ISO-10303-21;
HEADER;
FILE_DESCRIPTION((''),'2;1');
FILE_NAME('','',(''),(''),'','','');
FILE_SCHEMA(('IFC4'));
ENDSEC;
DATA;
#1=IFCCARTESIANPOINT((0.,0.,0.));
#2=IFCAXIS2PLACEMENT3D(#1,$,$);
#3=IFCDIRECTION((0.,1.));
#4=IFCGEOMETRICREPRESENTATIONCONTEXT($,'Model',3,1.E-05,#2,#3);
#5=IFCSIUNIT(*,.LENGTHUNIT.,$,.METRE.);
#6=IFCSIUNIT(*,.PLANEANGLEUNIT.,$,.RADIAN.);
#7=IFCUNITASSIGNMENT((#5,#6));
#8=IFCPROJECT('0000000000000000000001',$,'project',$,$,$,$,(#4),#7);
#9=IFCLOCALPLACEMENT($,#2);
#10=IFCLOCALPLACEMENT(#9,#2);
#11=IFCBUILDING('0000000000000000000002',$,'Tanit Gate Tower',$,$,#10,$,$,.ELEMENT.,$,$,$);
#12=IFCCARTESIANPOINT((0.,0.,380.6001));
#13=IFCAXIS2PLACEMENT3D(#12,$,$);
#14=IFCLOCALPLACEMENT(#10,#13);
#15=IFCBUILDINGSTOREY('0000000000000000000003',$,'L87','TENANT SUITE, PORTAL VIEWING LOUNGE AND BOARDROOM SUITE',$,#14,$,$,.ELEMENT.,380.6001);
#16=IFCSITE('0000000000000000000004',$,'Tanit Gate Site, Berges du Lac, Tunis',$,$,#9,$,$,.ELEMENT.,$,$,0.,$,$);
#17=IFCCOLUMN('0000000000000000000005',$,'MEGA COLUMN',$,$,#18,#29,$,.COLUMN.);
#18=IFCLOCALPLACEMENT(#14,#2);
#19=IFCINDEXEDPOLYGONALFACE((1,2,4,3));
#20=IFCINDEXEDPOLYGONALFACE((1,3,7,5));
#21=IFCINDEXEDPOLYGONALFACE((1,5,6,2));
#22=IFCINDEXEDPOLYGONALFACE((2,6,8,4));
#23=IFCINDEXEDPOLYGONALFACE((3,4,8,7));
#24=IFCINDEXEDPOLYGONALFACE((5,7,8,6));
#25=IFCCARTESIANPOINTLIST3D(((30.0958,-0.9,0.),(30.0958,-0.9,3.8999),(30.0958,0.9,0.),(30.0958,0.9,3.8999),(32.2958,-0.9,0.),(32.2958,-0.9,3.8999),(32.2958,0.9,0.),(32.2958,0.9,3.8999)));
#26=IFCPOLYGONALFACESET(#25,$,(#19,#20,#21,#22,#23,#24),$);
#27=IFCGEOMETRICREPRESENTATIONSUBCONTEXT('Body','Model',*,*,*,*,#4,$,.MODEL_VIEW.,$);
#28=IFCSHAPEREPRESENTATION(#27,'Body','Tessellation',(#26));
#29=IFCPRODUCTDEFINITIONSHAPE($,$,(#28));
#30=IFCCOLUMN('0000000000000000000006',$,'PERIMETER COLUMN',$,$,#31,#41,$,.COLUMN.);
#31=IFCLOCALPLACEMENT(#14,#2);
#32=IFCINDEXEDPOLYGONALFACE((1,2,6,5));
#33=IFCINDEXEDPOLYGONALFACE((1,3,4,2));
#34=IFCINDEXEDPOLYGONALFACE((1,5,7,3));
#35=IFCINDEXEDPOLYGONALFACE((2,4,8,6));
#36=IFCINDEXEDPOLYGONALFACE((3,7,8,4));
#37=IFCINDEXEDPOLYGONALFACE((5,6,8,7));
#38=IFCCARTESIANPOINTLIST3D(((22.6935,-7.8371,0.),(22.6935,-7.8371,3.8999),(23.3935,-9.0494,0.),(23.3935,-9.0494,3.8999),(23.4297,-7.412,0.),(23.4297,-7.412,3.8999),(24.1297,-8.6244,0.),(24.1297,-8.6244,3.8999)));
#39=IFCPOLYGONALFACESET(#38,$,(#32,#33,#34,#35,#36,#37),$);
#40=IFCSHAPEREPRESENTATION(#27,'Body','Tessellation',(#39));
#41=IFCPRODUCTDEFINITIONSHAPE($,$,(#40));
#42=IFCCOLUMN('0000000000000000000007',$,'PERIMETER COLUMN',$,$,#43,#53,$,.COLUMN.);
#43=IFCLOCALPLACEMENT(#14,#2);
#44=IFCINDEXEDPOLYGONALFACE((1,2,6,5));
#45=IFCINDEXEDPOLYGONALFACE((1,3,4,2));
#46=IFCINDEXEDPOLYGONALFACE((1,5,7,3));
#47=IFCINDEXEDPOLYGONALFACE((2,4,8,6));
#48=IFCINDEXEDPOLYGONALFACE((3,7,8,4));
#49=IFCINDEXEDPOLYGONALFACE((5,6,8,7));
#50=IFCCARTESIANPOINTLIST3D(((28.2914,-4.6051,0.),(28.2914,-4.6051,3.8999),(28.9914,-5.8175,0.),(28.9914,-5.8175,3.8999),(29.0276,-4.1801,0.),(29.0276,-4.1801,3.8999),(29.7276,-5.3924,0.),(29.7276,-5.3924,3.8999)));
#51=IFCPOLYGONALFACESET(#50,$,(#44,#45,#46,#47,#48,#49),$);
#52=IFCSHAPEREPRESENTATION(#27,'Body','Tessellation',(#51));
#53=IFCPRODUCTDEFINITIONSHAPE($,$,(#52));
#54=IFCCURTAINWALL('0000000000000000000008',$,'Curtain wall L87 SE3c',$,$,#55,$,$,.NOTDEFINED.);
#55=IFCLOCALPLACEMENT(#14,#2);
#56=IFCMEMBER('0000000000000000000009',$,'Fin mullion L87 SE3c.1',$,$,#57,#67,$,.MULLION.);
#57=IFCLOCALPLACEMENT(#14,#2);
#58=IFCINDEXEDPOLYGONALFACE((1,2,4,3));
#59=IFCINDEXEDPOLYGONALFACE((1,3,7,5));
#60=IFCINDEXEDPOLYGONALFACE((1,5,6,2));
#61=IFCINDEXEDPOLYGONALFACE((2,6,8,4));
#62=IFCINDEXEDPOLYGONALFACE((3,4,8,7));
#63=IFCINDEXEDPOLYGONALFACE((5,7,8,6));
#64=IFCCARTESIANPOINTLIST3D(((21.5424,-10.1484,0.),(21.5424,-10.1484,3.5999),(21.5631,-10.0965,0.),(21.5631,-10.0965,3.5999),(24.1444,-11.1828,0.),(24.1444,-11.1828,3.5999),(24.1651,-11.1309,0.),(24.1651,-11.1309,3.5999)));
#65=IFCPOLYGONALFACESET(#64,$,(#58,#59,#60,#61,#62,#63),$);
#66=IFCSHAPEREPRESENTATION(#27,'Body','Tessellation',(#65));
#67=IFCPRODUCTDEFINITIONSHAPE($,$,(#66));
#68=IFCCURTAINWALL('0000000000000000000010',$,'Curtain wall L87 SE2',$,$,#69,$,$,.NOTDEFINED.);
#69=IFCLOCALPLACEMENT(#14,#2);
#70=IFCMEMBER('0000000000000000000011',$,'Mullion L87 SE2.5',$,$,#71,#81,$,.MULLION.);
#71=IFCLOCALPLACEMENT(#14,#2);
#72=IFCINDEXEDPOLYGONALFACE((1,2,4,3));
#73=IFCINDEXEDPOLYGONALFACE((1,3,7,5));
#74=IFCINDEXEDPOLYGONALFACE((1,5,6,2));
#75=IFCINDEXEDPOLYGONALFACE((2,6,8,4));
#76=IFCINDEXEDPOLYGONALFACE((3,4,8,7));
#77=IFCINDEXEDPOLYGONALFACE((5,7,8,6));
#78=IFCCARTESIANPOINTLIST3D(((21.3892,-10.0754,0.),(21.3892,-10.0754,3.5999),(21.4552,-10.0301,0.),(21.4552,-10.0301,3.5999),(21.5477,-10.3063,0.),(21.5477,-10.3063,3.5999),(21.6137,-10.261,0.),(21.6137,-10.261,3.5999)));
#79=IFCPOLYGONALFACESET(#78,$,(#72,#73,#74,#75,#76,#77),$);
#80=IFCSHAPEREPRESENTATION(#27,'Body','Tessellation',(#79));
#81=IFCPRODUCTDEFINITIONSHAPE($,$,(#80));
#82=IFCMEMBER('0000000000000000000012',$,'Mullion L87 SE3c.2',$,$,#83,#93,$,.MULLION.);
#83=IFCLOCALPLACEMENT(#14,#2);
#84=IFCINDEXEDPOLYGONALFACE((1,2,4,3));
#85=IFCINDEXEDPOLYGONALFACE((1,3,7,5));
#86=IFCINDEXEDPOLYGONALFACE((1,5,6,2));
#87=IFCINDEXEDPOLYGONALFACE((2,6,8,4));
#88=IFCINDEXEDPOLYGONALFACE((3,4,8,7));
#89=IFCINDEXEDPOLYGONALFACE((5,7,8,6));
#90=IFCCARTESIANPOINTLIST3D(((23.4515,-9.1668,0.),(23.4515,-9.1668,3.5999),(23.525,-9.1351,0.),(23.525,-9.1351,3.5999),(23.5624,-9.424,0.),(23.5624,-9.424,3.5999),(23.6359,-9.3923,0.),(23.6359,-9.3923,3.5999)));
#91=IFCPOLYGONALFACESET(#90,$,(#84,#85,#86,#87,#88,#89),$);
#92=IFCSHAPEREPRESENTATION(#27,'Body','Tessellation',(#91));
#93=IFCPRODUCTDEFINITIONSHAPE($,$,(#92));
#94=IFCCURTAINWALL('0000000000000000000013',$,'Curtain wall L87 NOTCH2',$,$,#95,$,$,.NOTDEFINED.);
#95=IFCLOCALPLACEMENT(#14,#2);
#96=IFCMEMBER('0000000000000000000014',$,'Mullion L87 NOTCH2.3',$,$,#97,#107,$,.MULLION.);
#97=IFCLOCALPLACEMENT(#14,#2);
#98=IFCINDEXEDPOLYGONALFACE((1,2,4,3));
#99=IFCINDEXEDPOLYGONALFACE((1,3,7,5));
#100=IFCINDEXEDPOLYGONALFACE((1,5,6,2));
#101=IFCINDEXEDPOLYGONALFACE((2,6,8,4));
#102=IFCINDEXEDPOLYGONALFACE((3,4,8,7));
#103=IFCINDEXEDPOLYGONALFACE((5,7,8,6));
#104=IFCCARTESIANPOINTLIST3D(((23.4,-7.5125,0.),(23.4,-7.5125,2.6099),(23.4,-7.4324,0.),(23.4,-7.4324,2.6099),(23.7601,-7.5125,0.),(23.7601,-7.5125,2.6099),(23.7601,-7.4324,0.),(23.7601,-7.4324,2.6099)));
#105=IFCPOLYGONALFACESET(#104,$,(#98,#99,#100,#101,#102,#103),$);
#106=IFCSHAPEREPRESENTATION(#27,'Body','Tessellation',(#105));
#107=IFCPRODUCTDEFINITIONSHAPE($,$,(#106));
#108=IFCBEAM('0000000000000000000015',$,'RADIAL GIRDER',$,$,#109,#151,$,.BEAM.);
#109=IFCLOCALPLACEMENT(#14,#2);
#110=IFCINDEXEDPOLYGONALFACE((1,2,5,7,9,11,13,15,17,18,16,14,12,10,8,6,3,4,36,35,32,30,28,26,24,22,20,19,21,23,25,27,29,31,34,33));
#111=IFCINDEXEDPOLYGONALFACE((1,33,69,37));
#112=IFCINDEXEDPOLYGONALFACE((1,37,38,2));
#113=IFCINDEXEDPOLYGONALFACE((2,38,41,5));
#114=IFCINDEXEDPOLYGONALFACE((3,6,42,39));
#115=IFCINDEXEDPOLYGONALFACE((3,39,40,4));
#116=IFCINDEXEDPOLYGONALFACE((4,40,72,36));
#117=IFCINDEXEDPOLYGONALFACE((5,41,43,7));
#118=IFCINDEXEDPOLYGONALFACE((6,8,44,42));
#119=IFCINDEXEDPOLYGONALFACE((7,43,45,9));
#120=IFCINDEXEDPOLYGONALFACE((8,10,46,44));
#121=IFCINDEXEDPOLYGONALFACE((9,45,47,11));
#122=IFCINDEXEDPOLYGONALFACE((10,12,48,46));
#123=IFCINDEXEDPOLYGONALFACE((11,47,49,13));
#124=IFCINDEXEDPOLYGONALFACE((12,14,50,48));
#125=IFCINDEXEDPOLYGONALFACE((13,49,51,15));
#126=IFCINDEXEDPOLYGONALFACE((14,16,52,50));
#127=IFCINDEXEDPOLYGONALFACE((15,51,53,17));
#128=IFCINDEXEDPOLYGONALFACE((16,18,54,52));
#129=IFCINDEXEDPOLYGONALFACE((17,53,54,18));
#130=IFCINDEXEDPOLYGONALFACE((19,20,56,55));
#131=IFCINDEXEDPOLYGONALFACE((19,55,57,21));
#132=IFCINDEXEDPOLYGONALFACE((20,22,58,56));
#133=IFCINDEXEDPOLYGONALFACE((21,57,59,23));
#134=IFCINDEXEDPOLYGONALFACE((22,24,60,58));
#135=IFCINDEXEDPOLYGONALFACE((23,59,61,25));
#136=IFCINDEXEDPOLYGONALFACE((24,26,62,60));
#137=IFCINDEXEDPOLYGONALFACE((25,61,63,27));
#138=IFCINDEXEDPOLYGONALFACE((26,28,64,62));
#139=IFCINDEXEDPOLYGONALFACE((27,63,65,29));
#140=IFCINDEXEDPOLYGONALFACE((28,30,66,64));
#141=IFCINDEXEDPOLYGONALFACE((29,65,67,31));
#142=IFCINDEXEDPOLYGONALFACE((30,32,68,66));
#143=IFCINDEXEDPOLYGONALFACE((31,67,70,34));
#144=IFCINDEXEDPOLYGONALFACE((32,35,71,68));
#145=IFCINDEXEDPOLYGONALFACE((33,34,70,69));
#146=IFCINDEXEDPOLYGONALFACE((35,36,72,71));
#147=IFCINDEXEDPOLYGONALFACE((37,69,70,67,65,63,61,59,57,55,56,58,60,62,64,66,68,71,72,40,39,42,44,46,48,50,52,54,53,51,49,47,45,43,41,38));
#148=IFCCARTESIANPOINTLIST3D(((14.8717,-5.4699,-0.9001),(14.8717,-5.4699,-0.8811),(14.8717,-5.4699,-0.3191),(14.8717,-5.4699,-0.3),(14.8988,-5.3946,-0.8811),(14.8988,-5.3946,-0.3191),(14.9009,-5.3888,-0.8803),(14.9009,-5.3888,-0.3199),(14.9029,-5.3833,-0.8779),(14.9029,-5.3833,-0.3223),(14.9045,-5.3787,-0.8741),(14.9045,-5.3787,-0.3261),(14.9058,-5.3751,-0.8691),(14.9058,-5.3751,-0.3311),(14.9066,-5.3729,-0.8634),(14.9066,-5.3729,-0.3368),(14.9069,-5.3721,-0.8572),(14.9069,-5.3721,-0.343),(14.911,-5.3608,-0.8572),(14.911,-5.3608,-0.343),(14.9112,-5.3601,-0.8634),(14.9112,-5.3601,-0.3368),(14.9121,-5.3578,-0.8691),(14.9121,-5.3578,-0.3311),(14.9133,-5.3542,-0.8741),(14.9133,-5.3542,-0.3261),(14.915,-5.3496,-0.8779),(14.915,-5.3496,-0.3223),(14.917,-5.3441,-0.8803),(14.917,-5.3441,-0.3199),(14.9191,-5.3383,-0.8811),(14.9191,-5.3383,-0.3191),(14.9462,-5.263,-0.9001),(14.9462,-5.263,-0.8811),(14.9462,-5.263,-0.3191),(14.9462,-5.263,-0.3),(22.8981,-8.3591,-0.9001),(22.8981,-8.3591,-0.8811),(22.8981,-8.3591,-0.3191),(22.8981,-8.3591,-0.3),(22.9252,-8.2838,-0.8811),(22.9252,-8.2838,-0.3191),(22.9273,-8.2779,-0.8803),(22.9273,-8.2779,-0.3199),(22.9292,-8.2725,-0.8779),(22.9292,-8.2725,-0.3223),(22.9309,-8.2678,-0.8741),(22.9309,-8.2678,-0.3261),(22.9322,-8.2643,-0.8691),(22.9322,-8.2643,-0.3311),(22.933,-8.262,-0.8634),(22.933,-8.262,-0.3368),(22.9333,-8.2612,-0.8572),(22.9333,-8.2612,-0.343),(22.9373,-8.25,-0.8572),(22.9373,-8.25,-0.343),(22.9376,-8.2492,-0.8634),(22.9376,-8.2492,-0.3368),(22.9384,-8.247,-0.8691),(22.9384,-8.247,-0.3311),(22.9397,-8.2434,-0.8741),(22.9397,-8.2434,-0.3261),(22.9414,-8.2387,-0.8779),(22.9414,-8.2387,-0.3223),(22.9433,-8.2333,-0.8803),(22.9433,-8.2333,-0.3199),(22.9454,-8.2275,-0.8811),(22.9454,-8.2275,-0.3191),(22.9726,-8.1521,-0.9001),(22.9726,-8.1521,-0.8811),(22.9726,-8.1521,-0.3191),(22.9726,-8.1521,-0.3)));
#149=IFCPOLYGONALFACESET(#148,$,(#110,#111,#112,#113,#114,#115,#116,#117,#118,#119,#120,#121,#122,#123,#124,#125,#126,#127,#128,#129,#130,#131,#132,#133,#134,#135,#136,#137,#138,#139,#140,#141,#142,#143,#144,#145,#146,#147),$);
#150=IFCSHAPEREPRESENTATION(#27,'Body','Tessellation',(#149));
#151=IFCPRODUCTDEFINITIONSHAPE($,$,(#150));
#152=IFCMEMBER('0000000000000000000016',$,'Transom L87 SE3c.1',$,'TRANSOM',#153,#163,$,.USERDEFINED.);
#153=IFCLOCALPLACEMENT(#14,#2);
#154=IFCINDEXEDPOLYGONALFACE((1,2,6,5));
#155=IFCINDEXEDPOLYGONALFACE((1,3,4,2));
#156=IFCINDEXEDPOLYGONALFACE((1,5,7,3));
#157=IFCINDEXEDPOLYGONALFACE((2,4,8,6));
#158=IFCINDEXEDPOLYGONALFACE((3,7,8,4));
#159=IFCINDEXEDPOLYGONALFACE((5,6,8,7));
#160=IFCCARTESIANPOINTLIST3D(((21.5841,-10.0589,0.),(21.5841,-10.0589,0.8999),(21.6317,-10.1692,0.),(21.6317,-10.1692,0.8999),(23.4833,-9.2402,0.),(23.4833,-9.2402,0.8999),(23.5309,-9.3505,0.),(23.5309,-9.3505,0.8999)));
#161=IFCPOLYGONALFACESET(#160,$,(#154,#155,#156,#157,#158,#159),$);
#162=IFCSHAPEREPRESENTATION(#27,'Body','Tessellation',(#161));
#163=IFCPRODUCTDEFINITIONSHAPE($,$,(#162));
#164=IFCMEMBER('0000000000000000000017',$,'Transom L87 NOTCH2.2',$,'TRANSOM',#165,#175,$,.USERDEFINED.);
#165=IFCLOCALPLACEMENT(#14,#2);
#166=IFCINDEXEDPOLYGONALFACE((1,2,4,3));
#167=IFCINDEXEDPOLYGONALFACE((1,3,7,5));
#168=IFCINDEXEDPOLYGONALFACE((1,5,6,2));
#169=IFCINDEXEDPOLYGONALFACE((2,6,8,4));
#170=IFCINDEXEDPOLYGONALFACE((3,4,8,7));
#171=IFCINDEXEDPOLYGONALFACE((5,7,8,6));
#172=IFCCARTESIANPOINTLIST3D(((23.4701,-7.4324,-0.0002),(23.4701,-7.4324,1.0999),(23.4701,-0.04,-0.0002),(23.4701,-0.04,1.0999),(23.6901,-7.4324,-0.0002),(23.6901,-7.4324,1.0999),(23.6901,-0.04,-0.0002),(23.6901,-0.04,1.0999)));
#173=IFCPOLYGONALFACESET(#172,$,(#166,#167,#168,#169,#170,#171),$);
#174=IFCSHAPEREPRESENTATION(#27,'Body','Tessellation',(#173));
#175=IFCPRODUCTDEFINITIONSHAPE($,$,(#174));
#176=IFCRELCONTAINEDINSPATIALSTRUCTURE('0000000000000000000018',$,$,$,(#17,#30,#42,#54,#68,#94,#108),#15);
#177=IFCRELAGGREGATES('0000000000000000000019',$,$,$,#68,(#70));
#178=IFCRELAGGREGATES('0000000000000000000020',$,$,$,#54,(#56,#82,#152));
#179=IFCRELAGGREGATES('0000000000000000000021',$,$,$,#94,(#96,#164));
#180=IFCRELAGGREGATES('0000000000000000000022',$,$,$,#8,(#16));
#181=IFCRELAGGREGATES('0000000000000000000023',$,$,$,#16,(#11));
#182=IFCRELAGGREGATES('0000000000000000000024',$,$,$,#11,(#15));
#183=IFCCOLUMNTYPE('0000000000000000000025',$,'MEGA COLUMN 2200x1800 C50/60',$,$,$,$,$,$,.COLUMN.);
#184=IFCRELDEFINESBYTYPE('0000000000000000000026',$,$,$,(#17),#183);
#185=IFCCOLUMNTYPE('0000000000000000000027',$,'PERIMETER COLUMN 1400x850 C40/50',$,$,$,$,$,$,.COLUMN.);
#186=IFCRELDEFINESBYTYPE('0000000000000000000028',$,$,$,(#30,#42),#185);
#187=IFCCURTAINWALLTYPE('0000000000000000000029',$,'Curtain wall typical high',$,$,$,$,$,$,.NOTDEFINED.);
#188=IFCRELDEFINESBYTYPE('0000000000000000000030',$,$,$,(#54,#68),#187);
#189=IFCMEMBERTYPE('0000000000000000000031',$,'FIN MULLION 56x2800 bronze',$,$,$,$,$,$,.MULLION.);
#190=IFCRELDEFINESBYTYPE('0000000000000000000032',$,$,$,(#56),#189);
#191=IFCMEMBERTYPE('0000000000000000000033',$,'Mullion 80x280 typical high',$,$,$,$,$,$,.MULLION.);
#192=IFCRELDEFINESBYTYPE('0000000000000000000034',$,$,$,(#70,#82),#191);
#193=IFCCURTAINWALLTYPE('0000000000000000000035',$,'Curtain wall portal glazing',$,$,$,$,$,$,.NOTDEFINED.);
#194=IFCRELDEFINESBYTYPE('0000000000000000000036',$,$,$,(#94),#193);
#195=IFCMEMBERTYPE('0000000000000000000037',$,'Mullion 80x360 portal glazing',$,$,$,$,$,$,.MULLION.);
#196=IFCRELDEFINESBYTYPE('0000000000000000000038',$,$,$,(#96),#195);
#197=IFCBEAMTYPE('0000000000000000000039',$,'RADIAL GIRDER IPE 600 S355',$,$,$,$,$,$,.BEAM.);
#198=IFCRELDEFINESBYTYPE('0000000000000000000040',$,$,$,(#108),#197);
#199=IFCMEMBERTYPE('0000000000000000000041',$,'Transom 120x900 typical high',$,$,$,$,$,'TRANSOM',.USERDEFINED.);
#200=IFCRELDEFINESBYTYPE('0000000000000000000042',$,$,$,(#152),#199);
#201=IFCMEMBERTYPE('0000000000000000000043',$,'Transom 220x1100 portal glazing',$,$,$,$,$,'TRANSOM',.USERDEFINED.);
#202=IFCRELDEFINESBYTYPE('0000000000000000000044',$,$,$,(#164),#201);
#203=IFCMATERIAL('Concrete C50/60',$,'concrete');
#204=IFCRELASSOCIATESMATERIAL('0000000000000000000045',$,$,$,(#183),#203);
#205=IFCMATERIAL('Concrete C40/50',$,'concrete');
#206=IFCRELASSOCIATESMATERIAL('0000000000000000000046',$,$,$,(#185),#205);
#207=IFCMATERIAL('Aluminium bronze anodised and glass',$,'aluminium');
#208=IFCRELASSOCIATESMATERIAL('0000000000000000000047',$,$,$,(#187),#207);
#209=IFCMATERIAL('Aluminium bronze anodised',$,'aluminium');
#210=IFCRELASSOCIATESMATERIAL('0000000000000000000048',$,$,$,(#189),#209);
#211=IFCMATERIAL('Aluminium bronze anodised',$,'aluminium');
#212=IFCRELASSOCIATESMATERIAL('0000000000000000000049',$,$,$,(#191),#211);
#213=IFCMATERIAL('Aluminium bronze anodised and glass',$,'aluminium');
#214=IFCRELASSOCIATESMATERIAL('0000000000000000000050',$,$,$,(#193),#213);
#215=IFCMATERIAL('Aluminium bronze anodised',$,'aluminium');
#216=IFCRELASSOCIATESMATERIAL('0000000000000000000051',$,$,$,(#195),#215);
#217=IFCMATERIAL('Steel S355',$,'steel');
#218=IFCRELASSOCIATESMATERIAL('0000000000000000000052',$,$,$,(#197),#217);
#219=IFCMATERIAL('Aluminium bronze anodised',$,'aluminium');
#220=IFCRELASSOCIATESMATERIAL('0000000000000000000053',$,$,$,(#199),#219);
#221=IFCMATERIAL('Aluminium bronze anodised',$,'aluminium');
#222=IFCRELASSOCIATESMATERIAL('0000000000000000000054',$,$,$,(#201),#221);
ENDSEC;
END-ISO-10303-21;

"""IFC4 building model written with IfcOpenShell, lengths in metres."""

from ifc_helpers import new_model, si_unit, direction, frame, origin, origin_2d, place, context, subcontext, project, spatial, rectangle, i_section, extrude, material, material_profile, profile_set, type_object, element, aggregate, save


model = new_model("IFC4")

# Units and contexts
model_context = context("Model", 3, precision=1e-05, world=origin(), true_north=direction((0.0, 1.0)))
body_context = subcontext(model_context, "Body", "Model", "MODEL_VIEW")
ifc_project = project(units=[si_unit("LENGTHUNIT", "METRE"), si_unit("PLANEANGLEUNIT", "RADIAN")], contexts=[model_context])

# Site, building, storey
site_placement = place(None, origin())
site = spatial("IfcSite", under=ifc_project, at=site_placement, Name="Tanit Gate Site, Berges du Lac, Tunis", CompositionType="ELEMENT", RefElevation=0.0)
building_placement = place(site_placement, origin())
building = spatial("IfcBuilding", under=site, at=building_placement, Name="Tanit Gate Tower", CompositionType="ELEMENT")
storey_placement = place(building_placement, frame((0.0, 0.0, 380.6001)))
storey = spatial("IfcBuildingStorey", under=building, at=storey_placement, Name="L87", Description="TENANT SUITE, PORTAL VIEWING LOUNGE AND BOARDROOM SUITE", CompositionType="ELEMENT", Elevation=380.6001)

# Columns
ifc_material_1 = material(Name="Concrete C50/60", Category="concrete")
ifc_material_profile_1 = material_profile(ifc_material_1, rectangle(XDim=2.2, YDim=1.8, at=origin_2d()), Name="RC 2200x1800")
ifc_profile_set_1 = profile_set([ifc_material_profile_1], Name="Concrete C50/60")
column_type_1 = type_object("IfcColumnType", Name="MEGA COLUMN 2200x1800 C50/60", PredefinedType="COLUMN", material=ifc_profile_set_1)
column_placement = place(storey_placement, frame((31.1958, 0.0, 0.0), z_axis=(0.0, 0.0, 1.0), x_axis=(1.0, 0.0, 0.0)))
element("IfcColumn", 1, at=column_placement, inside=storey, type_object=column_type_1, Name="MEGA COLUMN", PredefinedType="COLUMN", context=body_context, shape_type="SweptSolid", body=[
    extrude(rectangle(XDim=2.2, YDim=1.8, at=origin_2d()), origin(), (0.0, 0.0, 1.0), 3.8999),
])
ifc_material_2 = material(Name="Concrete C40/50", Category="concrete")
ifc_material_profile_2 = material_profile(ifc_material_2, rectangle(XDim=1.3999, YDim=0.8501, at=origin_2d()), Name="RC 1400x850")
ifc_profile_set_2 = profile_set([ifc_material_profile_2], Name="Concrete C40/50")
column_type_2 = type_object("IfcColumnType", Name="PERIMETER COLUMN 1400x850 C40/50", PredefinedType="COLUMN", material=ifc_profile_set_2)
for number, where, z_axis, x_axis, name in (
    (2, (23.4116, -8.2307, 0.0), (0.0, 0.0, 1.0), (0.5, -0.866025, 0.0), "PERIMETER COLUMN"),
    (3, (29.0095, -4.9988, 0.0), (0.0, 0.0, 1.0), (0.5, -0.866025, 0.0), "PERIMETER COLUMN"),
):
    element("IfcColumn", number, at=place(storey_placement, frame(where, z_axis=z_axis, x_axis=x_axis)), inside=storey, type_object=column_type_2, Name=name, PredefinedType="COLUMN", context=body_context, shape_type="SweptSolid", body=[
        extrude(rectangle(XDim=1.3999, YDim=0.8501, at=origin_2d()), origin(), (0.0, 0.0, 1.0), 3.8999),
    ])

# Curtain walls, members
ifc_material_3 = material(Name="Aluminium bronze anodised and glass", Category="aluminium")
curtain_wall_type_1 = type_object("IfcCurtainWallType", Name="Curtain wall typical high", PredefinedType="NOTDEFINED", material=ifc_material_3)
curtain_wall_1_placement = place(storey_placement, origin())
curtain_wall_1 = element("IfcCurtainWall", 4, at=curtain_wall_1_placement, inside=storey, type_object=curtain_wall_type_1, Name="Curtain wall L87 SE3c", PredefinedType="NOTDEFINED")
ifc_material_4 = material(Name="Aluminium bronze anodised", Category="aluminium")
ifc_material_profile_3 = material_profile(ifc_material_4, rectangle(XDim=2.8, YDim=0.0559, at=origin_2d()), Name="56x2800 bronze fin mullion")
ifc_profile_set_3 = profile_set([ifc_material_profile_3], Name="Aluminium bronze anodised")
member_type_1 = type_object("IfcMemberType", Name="FIN MULLION 56x2800 bronze", PredefinedType="MULLION", material=ifc_profile_set_3)
member_1_placement = place(storey_placement, frame((22.8538, -10.6396, 0.0), z_axis=(0.0, 0.0, 1.0), x_axis=(-0.929264, 0.369417, 0.0)))
member_1 = element("IfcMember", 5, at=member_1_placement, type_object=member_type_1, Name="Fin mullion L87 SE3c.1", PredefinedType="MULLION", context=body_context, shape_type="SweptSolid", body=[
    extrude(rectangle(XDim=2.8, YDim=0.0559, at=origin_2d()), origin(), (0.0, 0.0, 1.0), 3.5999),
])
curtain_wall_2_placement = place(storey_placement, origin())
curtain_wall_2 = element("IfcCurtainWall", 6, at=curtain_wall_2_placement, inside=storey, type_object=curtain_wall_type_1, Name="Curtain wall L87 SE2", PredefinedType="NOTDEFINED")
ifc_material_5 = material(Name="Aluminium bronze anodised", Category="aluminium")
ifc_material_profile_4 = material_profile(ifc_material_5, rectangle(XDim=0.28, YDim=0.0801, at=origin_2d()), Name="80x280 bronze mullion")
ifc_profile_set_4 = profile_set([ifc_material_profile_4], Name="Aluminium bronze anodised")
member_type_2 = type_object("IfcMemberType", Name="Mullion 80x280 typical high", PredefinedType="MULLION", material=ifc_profile_set_4)
member_2_placement = place(storey_placement, frame((21.5015, -10.1682, 0.0), z_axis=(0.0, 0.0, 1.0), x_axis=(-0.565893, 0.824479, 0.0)))
member_2 = element("IfcMember", 7, at=member_2_placement, type_object=member_type_2, Name="Mullion L87 SE2.5", PredefinedType="MULLION", context=body_context, shape_type="SweptSolid", body=[
    extrude(rectangle(XDim=0.28, YDim=0.0801, at=origin_2d()), origin(), (0.0, 0.0, 1.0), 3.5999),
])
aggregate(curtain_wall_2, [member_2])

# Member
member_3_placement = place(storey_placement, frame((23.5437, -9.2795, 0.0), z_axis=(0.0, 0.0, 1.0), x_axis=(-0.395871, 0.918306, 0.0)))
member_3 = element("IfcMember", 8, at=member_3_placement, type_object=member_type_2, Name="Mullion L87 SE3c.2", PredefinedType="MULLION", context=body_context, shape_type="SweptSolid", body=[
    extrude(rectangle(XDim=0.28, YDim=0.0801, at=origin_2d()), origin(), (0.0, 0.0, 1.0), 3.5999),
])

# Curtain wall, member
ifc_material_6 = material(Name="Aluminium bronze anodised and glass", Category="aluminium")
curtain_wall_type_2 = type_object("IfcCurtainWallType", Name="Curtain wall portal glazing", PredefinedType="NOTDEFINED", material=ifc_material_6)
curtain_wall_3_placement = place(storey_placement, origin())
curtain_wall_3 = element("IfcCurtainWall", 9, at=curtain_wall_3_placement, inside=storey, type_object=curtain_wall_type_2, Name="Curtain wall L87 NOTCH2", PredefinedType="NOTDEFINED")
ifc_material_7 = material(Name="Aluminium bronze anodised", Category="aluminium")
ifc_material_profile_5 = material_profile(ifc_material_7, rectangle(XDim=0.3601, YDim=0.0801, at=origin_2d()), Name="80x360 bronze mullion")
ifc_profile_set_5 = profile_set([ifc_material_profile_5], Name="Aluminium bronze anodised")
member_type_3 = type_object("IfcMemberType", Name="Mullion 80x360 portal glazing", PredefinedType="MULLION", material=ifc_profile_set_5)
member_4_placement = place(storey_placement, frame((23.5801, -7.4724, 0.0), z_axis=(0.0, 0.0, 1.0), x_axis=(1.0, 0.0, 0.0)))
member_4 = element("IfcMember", 10, at=member_4_placement, type_object=member_type_3, Name="Mullion L87 NOTCH2.3", PredefinedType="MULLION", context=body_context, shape_type="SweptSolid", body=[
    extrude(rectangle(XDim=0.3601, YDim=0.0801, at=origin_2d()), origin(), (0.0, 0.0, 1.0), 2.6099),
])

# Beam
ifc_material_8 = material(Name="Steel S355", Category="steel")
ifc_material_profile_6 = material_profile(ifc_material_8, i_section(OverallWidth=0.22, OverallDepth=0.6001, WebThickness=0.012, FlangeThickness=0.019, FilletRadius=0.0239, at=origin_2d()), Name="IPE 600")
ifc_profile_set_6 = profile_set([ifc_material_profile_6], Name="Steel S355")
beam_type = type_object("IfcBeamType", Name="RADIAL GIRDER IPE 600 S355", PredefinedType="BEAM", material=ifc_profile_set_6)
beam_placement = place(storey_placement, frame((22.9353, -8.2556, -0.6001), z_axis=(-0.9409, 0.338685, 0.0), x_axis=(-0.338685, -0.9409, 0.0)))
element("IfcBeam", 11, at=beam_placement, inside=storey, type_object=beam_type, Name="RADIAL GIRDER", PredefinedType="BEAM", context=body_context, shape_type="SweptSolid", body=[
    extrude(i_section(OverallWidth=0.22, OverallDepth=0.6001, WebThickness=0.012, FlangeThickness=0.019, FilletRadius=0.0239, at=origin_2d()), origin(), (0.0, 0.0, 1.0), 8.5305),
])

# Members
ifc_material_9 = material(Name="Aluminium bronze anodised", Category="aluminium")
ifc_material_profile_7 = material_profile(ifc_material_9, rectangle(XDim=0.1201, YDim=0.8999, at=origin_2d()), Name="120x900 bronze transom")
ifc_profile_set_7 = profile_set([ifc_material_profile_7], Name="Aluminium bronze anodised")
member_type_4 = type_object("IfcMemberType", Name="Transom 120x900 typical high", ElementType="TRANSOM", PredefinedType="USERDEFINED", material=ifc_profile_set_7)
member_5_placement = place(storey_placement, frame((21.6079, -10.114, 0.45), z_axis=(0.918325, 0.395828, 0.0), x_axis=(-0.395828, 0.918325, 0.0)))
member_5 = element("IfcMember", 12, at=member_5_placement, type_object=member_type_4, Name="Transom L87 SE3c.1", ObjectType="TRANSOM", PredefinedType="USERDEFINED", context=body_context, shape_type="SweptSolid", body=[
    extrude(rectangle(XDim=0.1201, YDim=0.8999, at=origin_2d()), origin(), (0.0, 0.0, 1.0), 2.0681),
])
ifc_material_10 = material(Name="Aluminium bronze anodised", Category="aluminium")
ifc_material_profile_8 = material_profile(ifc_material_10, rectangle(XDim=0.22, YDim=1.1001, at=origin_2d()), Name="220x1100 bronze transom")
ifc_profile_set_8 = profile_set([ifc_material_profile_8], Name="Aluminium bronze anodised")
member_type_5 = type_object("IfcMemberType", Name="Transom 220x1100 portal glazing", ElementType="TRANSOM", PredefinedType="USERDEFINED", material=ifc_profile_set_8)
member_6_placement = place(storey_placement, frame((23.5801, -0.04, 0.5498), z_axis=(0.0, -1.0, 0.0), x_axis=(1.0, 0.0, 0.0)))
member_6 = element("IfcMember", 13, at=member_6_placement, type_object=member_type_5, Name="Transom L87 NOTCH2.2", ObjectType="TRANSOM", PredefinedType="USERDEFINED", context=body_context, shape_type="SweptSolid", body=[
    extrude(rectangle(XDim=0.22, YDim=1.1001, at=origin_2d()), origin(), (0.0, 0.0, 1.0), 7.3923),
])

aggregate(curtain_wall_1, [member_1, member_3, member_5])
aggregate(curtain_wall_3, [member_4, member_6])

save(model, "model.ifc")
